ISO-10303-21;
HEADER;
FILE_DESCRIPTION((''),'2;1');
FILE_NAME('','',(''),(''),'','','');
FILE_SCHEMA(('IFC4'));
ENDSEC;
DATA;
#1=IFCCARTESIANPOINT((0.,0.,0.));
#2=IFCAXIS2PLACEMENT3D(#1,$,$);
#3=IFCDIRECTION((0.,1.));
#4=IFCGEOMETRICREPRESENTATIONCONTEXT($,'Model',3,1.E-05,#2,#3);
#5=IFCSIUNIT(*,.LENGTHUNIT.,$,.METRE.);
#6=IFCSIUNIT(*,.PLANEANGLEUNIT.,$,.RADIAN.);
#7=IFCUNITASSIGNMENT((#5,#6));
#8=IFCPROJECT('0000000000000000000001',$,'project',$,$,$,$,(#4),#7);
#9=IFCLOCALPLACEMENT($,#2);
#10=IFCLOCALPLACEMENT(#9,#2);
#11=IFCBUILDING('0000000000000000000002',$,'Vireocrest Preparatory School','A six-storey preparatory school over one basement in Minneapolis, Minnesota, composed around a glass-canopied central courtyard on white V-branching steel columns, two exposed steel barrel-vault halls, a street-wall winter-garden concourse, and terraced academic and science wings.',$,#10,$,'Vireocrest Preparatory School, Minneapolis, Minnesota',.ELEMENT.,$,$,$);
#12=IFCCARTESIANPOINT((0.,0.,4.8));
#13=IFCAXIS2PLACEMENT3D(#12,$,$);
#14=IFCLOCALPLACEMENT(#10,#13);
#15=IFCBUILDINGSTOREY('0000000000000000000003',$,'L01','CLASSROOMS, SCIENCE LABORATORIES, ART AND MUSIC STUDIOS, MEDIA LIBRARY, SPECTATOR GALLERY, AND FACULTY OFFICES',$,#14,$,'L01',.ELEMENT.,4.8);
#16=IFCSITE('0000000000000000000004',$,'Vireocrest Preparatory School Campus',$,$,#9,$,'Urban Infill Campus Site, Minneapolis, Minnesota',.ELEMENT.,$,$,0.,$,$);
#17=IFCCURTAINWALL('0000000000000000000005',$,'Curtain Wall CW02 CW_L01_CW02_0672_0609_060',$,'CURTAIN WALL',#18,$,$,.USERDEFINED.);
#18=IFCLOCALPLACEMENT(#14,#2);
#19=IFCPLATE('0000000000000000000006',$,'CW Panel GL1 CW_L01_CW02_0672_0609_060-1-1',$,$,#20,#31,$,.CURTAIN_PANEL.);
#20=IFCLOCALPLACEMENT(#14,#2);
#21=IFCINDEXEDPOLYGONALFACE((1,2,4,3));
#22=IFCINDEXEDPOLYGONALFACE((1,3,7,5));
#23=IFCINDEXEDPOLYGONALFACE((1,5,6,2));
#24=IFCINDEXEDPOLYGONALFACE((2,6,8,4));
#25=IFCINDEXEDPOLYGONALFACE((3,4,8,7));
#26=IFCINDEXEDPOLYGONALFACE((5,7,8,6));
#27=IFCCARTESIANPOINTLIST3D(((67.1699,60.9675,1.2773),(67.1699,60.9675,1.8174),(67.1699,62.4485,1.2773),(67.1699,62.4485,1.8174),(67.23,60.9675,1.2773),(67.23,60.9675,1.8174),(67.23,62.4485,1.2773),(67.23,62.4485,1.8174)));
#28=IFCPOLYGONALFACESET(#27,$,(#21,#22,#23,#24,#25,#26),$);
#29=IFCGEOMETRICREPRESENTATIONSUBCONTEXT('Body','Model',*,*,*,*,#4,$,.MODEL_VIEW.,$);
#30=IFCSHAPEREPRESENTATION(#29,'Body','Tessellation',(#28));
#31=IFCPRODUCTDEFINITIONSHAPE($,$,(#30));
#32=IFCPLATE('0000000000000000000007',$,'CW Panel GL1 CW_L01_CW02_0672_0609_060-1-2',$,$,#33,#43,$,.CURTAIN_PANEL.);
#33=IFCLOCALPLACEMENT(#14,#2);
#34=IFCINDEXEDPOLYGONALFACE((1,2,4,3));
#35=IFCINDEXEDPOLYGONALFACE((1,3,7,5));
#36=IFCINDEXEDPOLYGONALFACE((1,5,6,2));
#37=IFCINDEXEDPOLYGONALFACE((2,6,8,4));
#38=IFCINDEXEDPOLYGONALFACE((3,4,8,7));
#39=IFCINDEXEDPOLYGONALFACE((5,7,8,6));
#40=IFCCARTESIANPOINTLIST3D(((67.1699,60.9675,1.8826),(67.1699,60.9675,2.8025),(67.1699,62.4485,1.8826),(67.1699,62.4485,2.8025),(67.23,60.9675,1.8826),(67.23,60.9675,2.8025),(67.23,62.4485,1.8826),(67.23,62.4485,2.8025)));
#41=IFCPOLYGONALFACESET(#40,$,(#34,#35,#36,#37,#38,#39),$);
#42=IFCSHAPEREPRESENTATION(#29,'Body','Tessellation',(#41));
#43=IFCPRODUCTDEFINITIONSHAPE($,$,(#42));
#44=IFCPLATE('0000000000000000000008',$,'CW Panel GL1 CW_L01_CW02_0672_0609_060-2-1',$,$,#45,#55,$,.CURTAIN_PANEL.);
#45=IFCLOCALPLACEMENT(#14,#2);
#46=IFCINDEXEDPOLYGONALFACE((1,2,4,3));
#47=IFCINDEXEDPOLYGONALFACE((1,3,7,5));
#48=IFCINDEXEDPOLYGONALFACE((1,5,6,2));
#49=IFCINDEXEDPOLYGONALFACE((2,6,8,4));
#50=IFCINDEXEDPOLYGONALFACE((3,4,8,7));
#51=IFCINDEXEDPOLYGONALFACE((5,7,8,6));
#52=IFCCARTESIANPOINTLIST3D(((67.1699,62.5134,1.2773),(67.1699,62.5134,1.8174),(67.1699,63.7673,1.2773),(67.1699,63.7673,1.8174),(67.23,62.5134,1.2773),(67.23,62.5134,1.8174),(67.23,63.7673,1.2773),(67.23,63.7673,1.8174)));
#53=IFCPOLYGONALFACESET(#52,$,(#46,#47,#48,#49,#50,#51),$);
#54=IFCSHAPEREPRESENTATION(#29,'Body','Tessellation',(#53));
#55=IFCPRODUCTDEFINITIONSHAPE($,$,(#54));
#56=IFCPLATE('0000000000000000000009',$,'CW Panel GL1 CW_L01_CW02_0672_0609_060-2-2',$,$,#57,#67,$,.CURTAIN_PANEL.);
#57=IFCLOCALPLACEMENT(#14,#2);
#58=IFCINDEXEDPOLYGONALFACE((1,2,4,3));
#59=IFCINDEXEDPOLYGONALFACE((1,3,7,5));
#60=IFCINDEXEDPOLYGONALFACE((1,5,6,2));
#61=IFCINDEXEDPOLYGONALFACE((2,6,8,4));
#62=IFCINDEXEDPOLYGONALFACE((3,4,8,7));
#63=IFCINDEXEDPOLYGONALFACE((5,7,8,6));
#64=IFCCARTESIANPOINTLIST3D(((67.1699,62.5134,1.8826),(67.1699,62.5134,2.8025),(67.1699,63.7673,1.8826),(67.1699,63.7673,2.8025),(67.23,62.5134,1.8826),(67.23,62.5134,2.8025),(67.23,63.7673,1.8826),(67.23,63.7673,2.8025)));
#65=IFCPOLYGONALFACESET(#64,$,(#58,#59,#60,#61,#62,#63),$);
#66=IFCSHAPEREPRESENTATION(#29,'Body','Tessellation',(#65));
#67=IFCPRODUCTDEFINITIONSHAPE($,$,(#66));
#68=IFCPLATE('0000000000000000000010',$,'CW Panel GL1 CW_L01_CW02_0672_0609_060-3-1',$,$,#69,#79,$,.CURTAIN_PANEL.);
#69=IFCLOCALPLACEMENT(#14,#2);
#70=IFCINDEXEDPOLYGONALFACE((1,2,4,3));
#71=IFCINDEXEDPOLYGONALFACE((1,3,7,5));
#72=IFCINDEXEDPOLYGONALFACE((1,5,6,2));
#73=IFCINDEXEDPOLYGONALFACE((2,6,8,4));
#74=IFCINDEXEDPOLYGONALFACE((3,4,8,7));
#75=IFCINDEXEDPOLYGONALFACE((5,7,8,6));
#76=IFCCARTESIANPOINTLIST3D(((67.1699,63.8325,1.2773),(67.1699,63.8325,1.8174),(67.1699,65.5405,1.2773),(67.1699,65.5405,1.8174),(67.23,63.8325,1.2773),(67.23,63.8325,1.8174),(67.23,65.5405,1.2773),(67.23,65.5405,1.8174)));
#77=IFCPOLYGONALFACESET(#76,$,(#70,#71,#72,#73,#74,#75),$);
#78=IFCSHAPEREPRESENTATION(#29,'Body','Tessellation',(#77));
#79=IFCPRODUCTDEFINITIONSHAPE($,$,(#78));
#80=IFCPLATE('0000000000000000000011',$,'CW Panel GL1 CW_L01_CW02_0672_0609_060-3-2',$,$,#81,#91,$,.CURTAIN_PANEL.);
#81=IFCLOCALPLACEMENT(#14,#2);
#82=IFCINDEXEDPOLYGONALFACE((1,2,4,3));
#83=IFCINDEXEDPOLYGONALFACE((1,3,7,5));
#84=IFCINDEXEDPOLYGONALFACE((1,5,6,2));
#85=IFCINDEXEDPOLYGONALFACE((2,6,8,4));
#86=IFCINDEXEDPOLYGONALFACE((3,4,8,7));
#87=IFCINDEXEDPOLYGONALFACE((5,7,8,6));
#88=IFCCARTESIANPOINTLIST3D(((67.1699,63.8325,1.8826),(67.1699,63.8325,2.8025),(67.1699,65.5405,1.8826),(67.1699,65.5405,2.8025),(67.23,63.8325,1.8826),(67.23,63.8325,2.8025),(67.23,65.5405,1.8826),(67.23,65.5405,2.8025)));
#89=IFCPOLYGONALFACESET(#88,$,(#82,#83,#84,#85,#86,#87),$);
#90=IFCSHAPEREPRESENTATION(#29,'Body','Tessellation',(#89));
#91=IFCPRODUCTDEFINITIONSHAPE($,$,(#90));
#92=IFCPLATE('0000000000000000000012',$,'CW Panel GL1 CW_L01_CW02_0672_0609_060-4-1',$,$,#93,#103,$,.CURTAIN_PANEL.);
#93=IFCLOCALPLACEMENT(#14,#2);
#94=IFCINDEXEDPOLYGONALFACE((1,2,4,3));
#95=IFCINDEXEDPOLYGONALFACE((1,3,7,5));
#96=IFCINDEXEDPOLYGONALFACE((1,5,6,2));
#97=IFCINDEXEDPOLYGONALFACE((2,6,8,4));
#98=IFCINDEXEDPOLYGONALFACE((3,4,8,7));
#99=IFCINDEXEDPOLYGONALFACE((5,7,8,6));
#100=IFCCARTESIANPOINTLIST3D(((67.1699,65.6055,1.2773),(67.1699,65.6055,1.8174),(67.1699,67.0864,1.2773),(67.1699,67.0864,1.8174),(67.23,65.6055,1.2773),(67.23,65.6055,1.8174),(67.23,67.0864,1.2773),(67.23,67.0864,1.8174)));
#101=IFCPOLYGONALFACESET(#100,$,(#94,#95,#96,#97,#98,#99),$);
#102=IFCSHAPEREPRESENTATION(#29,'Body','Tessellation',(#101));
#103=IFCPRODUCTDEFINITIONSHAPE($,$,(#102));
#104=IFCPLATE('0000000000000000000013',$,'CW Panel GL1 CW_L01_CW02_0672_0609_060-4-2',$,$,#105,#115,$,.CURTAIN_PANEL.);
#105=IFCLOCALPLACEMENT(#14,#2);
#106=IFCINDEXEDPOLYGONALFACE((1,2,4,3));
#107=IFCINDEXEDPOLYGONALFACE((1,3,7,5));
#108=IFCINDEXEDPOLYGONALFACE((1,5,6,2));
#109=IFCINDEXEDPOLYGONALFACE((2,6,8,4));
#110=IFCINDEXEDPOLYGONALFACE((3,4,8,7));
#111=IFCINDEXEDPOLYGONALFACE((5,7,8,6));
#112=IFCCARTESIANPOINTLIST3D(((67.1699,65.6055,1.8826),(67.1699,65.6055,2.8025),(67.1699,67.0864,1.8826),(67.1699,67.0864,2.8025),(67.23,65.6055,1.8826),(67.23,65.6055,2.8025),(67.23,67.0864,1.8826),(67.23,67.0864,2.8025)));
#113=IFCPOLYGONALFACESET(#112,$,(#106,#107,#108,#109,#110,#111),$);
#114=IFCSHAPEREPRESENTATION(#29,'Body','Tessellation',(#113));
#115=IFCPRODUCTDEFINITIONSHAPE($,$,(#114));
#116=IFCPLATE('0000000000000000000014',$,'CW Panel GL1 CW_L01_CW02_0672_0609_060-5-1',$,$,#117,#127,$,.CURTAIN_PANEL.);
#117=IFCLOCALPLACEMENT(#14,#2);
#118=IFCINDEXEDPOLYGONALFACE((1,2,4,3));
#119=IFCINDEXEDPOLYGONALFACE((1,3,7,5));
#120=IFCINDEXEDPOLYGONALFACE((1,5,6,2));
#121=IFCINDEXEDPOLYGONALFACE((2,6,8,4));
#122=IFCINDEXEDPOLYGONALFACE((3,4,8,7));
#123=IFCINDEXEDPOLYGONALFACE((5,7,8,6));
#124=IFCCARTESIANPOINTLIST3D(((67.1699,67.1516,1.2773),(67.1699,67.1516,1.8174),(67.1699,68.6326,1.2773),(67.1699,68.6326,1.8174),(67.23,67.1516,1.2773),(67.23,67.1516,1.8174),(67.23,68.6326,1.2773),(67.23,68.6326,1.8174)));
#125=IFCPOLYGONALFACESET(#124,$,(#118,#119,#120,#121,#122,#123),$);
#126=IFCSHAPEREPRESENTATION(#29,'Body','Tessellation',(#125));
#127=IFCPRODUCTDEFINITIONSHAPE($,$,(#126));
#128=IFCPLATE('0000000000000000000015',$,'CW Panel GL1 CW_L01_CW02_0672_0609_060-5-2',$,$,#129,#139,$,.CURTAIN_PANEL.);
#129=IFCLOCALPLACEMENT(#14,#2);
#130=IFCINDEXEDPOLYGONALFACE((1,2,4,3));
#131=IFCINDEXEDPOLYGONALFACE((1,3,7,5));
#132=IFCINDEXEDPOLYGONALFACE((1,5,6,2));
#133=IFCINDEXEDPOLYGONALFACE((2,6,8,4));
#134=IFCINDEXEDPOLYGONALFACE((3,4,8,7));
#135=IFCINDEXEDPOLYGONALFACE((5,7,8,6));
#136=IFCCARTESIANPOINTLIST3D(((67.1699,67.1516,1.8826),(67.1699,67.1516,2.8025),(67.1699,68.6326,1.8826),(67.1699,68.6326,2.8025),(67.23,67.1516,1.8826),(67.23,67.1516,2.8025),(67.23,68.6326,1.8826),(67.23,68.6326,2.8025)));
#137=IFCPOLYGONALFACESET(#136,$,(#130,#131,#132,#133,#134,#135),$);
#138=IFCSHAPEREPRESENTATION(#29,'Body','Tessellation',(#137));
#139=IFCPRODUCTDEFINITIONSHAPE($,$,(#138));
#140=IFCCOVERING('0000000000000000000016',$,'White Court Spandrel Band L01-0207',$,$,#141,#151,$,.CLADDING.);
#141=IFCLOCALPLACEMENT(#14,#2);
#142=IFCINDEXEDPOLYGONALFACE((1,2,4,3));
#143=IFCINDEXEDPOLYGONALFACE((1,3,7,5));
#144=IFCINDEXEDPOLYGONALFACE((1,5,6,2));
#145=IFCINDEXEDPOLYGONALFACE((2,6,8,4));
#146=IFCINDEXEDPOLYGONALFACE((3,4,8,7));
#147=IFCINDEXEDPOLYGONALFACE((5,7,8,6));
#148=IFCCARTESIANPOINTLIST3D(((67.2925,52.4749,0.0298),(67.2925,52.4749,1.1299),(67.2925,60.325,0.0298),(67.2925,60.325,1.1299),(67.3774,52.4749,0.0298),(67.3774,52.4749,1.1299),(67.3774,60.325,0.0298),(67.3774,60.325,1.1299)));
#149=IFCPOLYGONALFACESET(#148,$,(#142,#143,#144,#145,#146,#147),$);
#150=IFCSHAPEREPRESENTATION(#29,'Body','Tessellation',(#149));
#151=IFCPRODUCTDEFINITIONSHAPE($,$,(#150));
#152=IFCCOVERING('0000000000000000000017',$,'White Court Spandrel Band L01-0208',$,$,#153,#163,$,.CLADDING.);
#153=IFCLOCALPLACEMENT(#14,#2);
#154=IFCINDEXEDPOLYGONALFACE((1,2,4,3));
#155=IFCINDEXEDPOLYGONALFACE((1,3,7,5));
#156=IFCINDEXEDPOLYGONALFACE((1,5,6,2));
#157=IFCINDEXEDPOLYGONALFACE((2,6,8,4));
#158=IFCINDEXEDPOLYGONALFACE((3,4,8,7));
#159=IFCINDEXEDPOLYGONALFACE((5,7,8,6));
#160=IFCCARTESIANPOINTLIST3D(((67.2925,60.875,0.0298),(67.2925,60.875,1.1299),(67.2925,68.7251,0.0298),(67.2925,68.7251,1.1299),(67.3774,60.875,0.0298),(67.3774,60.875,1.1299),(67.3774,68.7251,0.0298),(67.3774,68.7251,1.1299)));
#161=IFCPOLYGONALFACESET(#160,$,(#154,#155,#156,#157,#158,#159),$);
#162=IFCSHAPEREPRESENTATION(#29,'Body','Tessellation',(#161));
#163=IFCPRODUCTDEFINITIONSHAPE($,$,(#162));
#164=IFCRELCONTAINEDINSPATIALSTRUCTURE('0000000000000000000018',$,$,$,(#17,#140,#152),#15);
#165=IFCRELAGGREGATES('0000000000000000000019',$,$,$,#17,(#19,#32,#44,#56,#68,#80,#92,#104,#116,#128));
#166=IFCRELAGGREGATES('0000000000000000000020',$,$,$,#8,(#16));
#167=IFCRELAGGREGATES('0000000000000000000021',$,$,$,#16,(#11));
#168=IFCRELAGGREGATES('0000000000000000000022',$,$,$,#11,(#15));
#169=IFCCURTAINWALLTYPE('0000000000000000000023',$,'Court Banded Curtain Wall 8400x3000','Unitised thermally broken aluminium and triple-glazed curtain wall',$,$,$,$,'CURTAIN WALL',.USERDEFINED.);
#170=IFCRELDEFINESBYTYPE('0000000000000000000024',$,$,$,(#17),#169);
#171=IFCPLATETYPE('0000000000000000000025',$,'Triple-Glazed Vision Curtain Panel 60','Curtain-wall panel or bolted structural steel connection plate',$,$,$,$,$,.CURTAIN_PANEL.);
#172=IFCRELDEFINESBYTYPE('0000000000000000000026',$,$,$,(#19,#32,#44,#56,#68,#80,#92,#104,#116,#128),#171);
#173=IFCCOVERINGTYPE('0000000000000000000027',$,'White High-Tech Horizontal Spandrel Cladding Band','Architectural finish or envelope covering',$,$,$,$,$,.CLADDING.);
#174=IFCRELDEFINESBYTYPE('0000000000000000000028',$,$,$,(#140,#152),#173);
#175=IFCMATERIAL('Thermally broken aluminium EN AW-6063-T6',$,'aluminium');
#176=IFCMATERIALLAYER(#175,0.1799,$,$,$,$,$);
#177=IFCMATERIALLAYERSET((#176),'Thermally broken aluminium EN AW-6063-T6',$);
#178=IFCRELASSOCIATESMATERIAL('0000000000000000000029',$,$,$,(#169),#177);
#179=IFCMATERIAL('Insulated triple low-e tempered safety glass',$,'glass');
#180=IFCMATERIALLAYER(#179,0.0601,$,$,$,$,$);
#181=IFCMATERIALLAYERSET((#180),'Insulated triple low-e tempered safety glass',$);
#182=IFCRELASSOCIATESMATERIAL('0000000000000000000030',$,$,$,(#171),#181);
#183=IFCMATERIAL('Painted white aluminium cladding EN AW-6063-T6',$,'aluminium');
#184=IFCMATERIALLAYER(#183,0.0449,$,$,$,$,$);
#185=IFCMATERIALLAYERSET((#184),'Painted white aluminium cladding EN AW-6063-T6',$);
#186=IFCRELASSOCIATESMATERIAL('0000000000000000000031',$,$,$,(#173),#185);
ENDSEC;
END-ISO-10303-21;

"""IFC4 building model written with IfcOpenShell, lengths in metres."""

from ifc_helpers import new_model, si_unit, direction, frame, origin, origin_2d, place, context, subcontext, project, spatial, rectangle, extrude, material, layer, layer_set, type_object, element, aggregate, save


model = new_model("IFC4")

# Units and contexts
model_context = context("Model", 3, precision=1e-05, world=origin(), true_north=direction((0.0, 1.0)))
body_context = subcontext(model_context, "Body", "Model", "MODEL_VIEW")
ifc_project = project(units=[si_unit("LENGTHUNIT", "METRE"), si_unit("PLANEANGLEUNIT", "RADIAN")], contexts=[model_context])

# Site, building, storey
site_placement = place(None, origin())
site = spatial("IfcSite", under=ifc_project, at=site_placement, Name="Vireocrest Preparatory School Campus", LongName="Urban Infill Campus Site, Minneapolis, Minnesota", CompositionType="ELEMENT", RefElevation=0.0)
building_placement = place(site_placement, origin())
building = spatial("IfcBuilding", under=site, at=building_placement, Name="Vireocrest Preparatory School", Description="A six-storey preparatory school over one basement in Minneapolis, Minnesota, composed around a glass-canopied central courtyard on white V-branching steel columns, two exposed steel barrel-vault halls, a street-wall winter-garden concourse, and terraced academic and science wings.", LongName="Vireocrest Preparatory School, Minneapolis, Minnesota", CompositionType="ELEMENT")
storey_placement = place(building_placement, frame((0.0, 0.0, 4.8)))
storey = spatial("IfcBuildingStorey", under=building, at=storey_placement, Name="L01", Description="CLASSROOMS, SCIENCE LABORATORIES, ART AND MUSIC STUDIOS, MEDIA LIBRARY, SPECTATOR GALLERY, AND FACULTY OFFICES", LongName="L01", CompositionType="ELEMENT", Elevation=4.8)

# Curtain wall
ifc_material_1 = material(Name="Thermally broken aluminium EN AW-6063-T6", Category="aluminium")
ifc_layer_1 = layer(ifc_material_1, 0.1799)
ifc_layer_set_1 = layer_set([ifc_layer_1], Name="Thermally broken aluminium EN AW-6063-T6")
curtain_wall_type = type_object("IfcCurtainWallType", Name="Court Banded Curtain Wall 8400x3000", Description="Unitised thermally broken aluminium and triple-glazed curtain wall", ElementType="CURTAIN WALL", PredefinedType="USERDEFINED", material=ifc_layer_set_1)
curtain_wall_placement = place(storey_placement, origin())
curtain_wall = element("IfcCurtainWall", 1, at=curtain_wall_placement, inside=storey, type_object=curtain_wall_type, Name="Curtain Wall CW02 CW_L01_CW02_0672_0609_060", ObjectType="CURTAIN WALL", PredefinedType="USERDEFINED")

# Plates
ifc_material_2 = material(Name="Insulated triple low-e tempered safety glass", Category="glass")
ifc_layer_2 = layer(ifc_material_2, 0.0601)
ifc_layer_set_2 = layer_set([ifc_layer_2], Name="Insulated triple low-e tempered safety glass")
plate_type = type_object("IfcPlateType", Name="Triple-Glazed Vision Curtain Panel 60", Description="Curtain-wall panel or bolted structural steel connection plate", PredefinedType="CURTAIN_PANEL", material=ifc_layer_set_2)
plate_1_placement = place(storey_placement, frame((67.2, 61.708, 1.2773), z_axis=(0.0, 0.0, 1.0), x_axis=(0.0, 1.0, 0.0)))
plate_1 = element("IfcPlate", 2, at=plate_1_placement, type_object=plate_type, Name="CW Panel GL1 CW_L01_CW02_0672_0609_060-1-1", PredefinedType="CURTAIN_PANEL", context=body_context, shape_type="SweptSolid", body=[
    extrude(rectangle(XDim=1.481, YDim=0.0601, at=origin_2d()), origin(), (0.0, 0.0, 1.0), 0.54),
])
plate_2_placement = place(storey_placement, frame((67.2, 61.708, 1.8826), z_axis=(0.0, 0.0, 1.0), x_axis=(0.0, 1.0, 0.0)))
plate_2 = element("IfcPlate", 3, at=plate_2_placement, type_object=plate_type, Name="CW Panel GL1 CW_L01_CW02_0672_0609_060-1-2", PredefinedType="CURTAIN_PANEL", context=body_context, shape_type="SweptSolid", body=[
    extrude(rectangle(XDim=1.481, YDim=0.0601, at=origin_2d()), origin(), (0.0, 0.0, 1.0), 0.9199),
])
plate_3_placement = place(storey_placement, frame((67.2, 63.1404, 1.2773), z_axis=(0.0, 0.0, 1.0), x_axis=(0.0, 1.0, 0.0)))
plate_3 = element("IfcPlate", 4, at=plate_3_placement, type_object=plate_type, Name="CW Panel GL1 CW_L01_CW02_0672_0609_060-2-1", PredefinedType="CURTAIN_PANEL", context=body_context, shape_type="SweptSolid", body=[
    extrude(rectangle(XDim=1.2539, YDim=0.0601, at=origin_2d()), origin(), (0.0, 0.0, 1.0), 0.54),
])
plate_4_placement = place(storey_placement, frame((67.2, 63.1404, 1.8826), z_axis=(0.0, 0.0, 1.0), x_axis=(0.0, 1.0, 0.0)))
plate_4 = element("IfcPlate", 5, at=plate_4_placement, type_object=plate_type, Name="CW Panel GL1 CW_L01_CW02_0672_0609_060-2-2", PredefinedType="CURTAIN_PANEL", context=body_context, shape_type="SweptSolid", body=[
    extrude(rectangle(XDim=1.2539, YDim=0.0601, at=origin_2d()), origin(), (0.0, 0.0, 1.0), 0.9199),
])
plate_5_placement = place(storey_placement, frame((67.2, 64.6865, 1.2773), z_axis=(0.0, 0.0, 1.0), x_axis=(0.0, 1.0, 0.0)))
plate_5 = element("IfcPlate", 6, at=plate_5_placement, type_object=plate_type, Name="CW Panel GL1 CW_L01_CW02_0672_0609_060-3-1", PredefinedType="CURTAIN_PANEL", context=body_context, shape_type="SweptSolid", body=[
    extrude(rectangle(XDim=1.708, YDim=0.0601, at=origin_2d()), origin(), (0.0, 0.0, 1.0), 0.54),
])
plate_6_placement = place(storey_placement, frame((67.2, 64.6865, 1.8826), z_axis=(0.0, 0.0, 1.0), x_axis=(0.0, 1.0, 0.0)))
plate_6 = element("IfcPlate", 7, at=plate_6_placement, type_object=plate_type, Name="CW Panel GL1 CW_L01_CW02_0672_0609_060-3-2", PredefinedType="CURTAIN_PANEL", context=body_context, shape_type="SweptSolid", body=[
    extrude(rectangle(XDim=1.708, YDim=0.0601, at=origin_2d()), origin(), (0.0, 0.0, 1.0), 0.9199),
])
plate_7_placement = place(storey_placement, frame((67.2, 66.3459, 1.2773), z_axis=(0.0, 0.0, 1.0), x_axis=(0.0, 1.0, 0.0)))
plate_7 = element("IfcPlate", 8, at=plate_7_placement, type_object=plate_type, Name="CW Panel GL1 CW_L01_CW02_0672_0609_060-4-1", PredefinedType="CURTAIN_PANEL", context=body_context, shape_type="SweptSolid", body=[
    extrude(rectangle(XDim=1.481, YDim=0.0601, at=origin_2d()), origin(), (0.0, 0.0, 1.0), 0.54),
])
plate_8_placement = place(storey_placement, frame((67.2, 66.3459, 1.8826), z_axis=(0.0, 0.0, 1.0), x_axis=(0.0, 1.0, 0.0)))
plate_8 = element("IfcPlate", 9, at=plate_8_placement, type_object=plate_type, Name="CW Panel GL1 CW_L01_CW02_0672_0609_060-4-2", PredefinedType="CURTAIN_PANEL", context=body_context, shape_type="SweptSolid", body=[
    extrude(rectangle(XDim=1.481, YDim=0.0601, at=origin_2d()), origin(), (0.0, 0.0, 1.0), 0.9199),
])
plate_9_placement = place(storey_placement, frame((67.2, 67.8921, 1.2773), z_axis=(0.0, 0.0, 1.0), x_axis=(0.0, 1.0, 0.0)))
plate_9 = element("IfcPlate", 10, at=plate_9_placement, type_object=plate_type, Name="CW Panel GL1 CW_L01_CW02_0672_0609_060-5-1", PredefinedType="CURTAIN_PANEL", context=body_context, shape_type="SweptSolid", body=[
    extrude(rectangle(XDim=1.481, YDim=0.0601, at=origin_2d()), origin(), (0.0, 0.0, 1.0), 0.54),
])
plate_10_placement = place(storey_placement, frame((67.2, 67.8921, 1.8826), z_axis=(0.0, 0.0, 1.0), x_axis=(0.0, 1.0, 0.0)))
plate_10 = element("IfcPlate", 11, at=plate_10_placement, type_object=plate_type, Name="CW Panel GL1 CW_L01_CW02_0672_0609_060-5-2", PredefinedType="CURTAIN_PANEL", context=body_context, shape_type="SweptSolid", body=[
    extrude(rectangle(XDim=1.481, YDim=0.0601, at=origin_2d()), origin(), (0.0, 0.0, 1.0), 0.9199),
])
aggregate(curtain_wall, [plate_1, plate_2, plate_3, plate_4, plate_5, plate_6, plate_7, plate_8, plate_9, plate_10])

# Coverings
ifc_material_3 = material(Name="Painted white aluminium cladding EN AW-6063-T6", Category="aluminium")
ifc_layer_3 = layer(ifc_material_3, 0.0449)
ifc_layer_set_3 = layer_set([ifc_layer_3], Name="Painted white aluminium cladding EN AW-6063-T6")
covering_type = type_object("IfcCoveringType", Name="White High-Tech Horizontal Spandrel Cladding Band", Description="Architectural finish or envelope covering", PredefinedType="CLADDING", material=ifc_layer_set_3)
for number, where, z_axis, x_axis, name in (
    (12, (67.335, 56.3999, 0.0298), (0.0, 0.0, 1.0), (1.0, 0.0, 0.0), "White Court Spandrel Band L01-0207"),
    (13, (67.335, 64.8, 0.0298), (0.0, 0.0, 1.0), (1.0, 0.0, 0.0), "White Court Spandrel Band L01-0208"),
):
    element("IfcCovering", number, at=place(storey_placement, frame(where, z_axis=z_axis, x_axis=x_axis)), inside=storey, type_object=covering_type, Name=name, PredefinedType="CLADDING", context=body_context, shape_type="SweptSolid", body=[
        extrude(rectangle(XDim=0.085, YDim=7.8501, at=origin_2d()), origin(), (0.0, 0.0, 1.0), 1.1001),
    ])

save(model, "model.ifc")
